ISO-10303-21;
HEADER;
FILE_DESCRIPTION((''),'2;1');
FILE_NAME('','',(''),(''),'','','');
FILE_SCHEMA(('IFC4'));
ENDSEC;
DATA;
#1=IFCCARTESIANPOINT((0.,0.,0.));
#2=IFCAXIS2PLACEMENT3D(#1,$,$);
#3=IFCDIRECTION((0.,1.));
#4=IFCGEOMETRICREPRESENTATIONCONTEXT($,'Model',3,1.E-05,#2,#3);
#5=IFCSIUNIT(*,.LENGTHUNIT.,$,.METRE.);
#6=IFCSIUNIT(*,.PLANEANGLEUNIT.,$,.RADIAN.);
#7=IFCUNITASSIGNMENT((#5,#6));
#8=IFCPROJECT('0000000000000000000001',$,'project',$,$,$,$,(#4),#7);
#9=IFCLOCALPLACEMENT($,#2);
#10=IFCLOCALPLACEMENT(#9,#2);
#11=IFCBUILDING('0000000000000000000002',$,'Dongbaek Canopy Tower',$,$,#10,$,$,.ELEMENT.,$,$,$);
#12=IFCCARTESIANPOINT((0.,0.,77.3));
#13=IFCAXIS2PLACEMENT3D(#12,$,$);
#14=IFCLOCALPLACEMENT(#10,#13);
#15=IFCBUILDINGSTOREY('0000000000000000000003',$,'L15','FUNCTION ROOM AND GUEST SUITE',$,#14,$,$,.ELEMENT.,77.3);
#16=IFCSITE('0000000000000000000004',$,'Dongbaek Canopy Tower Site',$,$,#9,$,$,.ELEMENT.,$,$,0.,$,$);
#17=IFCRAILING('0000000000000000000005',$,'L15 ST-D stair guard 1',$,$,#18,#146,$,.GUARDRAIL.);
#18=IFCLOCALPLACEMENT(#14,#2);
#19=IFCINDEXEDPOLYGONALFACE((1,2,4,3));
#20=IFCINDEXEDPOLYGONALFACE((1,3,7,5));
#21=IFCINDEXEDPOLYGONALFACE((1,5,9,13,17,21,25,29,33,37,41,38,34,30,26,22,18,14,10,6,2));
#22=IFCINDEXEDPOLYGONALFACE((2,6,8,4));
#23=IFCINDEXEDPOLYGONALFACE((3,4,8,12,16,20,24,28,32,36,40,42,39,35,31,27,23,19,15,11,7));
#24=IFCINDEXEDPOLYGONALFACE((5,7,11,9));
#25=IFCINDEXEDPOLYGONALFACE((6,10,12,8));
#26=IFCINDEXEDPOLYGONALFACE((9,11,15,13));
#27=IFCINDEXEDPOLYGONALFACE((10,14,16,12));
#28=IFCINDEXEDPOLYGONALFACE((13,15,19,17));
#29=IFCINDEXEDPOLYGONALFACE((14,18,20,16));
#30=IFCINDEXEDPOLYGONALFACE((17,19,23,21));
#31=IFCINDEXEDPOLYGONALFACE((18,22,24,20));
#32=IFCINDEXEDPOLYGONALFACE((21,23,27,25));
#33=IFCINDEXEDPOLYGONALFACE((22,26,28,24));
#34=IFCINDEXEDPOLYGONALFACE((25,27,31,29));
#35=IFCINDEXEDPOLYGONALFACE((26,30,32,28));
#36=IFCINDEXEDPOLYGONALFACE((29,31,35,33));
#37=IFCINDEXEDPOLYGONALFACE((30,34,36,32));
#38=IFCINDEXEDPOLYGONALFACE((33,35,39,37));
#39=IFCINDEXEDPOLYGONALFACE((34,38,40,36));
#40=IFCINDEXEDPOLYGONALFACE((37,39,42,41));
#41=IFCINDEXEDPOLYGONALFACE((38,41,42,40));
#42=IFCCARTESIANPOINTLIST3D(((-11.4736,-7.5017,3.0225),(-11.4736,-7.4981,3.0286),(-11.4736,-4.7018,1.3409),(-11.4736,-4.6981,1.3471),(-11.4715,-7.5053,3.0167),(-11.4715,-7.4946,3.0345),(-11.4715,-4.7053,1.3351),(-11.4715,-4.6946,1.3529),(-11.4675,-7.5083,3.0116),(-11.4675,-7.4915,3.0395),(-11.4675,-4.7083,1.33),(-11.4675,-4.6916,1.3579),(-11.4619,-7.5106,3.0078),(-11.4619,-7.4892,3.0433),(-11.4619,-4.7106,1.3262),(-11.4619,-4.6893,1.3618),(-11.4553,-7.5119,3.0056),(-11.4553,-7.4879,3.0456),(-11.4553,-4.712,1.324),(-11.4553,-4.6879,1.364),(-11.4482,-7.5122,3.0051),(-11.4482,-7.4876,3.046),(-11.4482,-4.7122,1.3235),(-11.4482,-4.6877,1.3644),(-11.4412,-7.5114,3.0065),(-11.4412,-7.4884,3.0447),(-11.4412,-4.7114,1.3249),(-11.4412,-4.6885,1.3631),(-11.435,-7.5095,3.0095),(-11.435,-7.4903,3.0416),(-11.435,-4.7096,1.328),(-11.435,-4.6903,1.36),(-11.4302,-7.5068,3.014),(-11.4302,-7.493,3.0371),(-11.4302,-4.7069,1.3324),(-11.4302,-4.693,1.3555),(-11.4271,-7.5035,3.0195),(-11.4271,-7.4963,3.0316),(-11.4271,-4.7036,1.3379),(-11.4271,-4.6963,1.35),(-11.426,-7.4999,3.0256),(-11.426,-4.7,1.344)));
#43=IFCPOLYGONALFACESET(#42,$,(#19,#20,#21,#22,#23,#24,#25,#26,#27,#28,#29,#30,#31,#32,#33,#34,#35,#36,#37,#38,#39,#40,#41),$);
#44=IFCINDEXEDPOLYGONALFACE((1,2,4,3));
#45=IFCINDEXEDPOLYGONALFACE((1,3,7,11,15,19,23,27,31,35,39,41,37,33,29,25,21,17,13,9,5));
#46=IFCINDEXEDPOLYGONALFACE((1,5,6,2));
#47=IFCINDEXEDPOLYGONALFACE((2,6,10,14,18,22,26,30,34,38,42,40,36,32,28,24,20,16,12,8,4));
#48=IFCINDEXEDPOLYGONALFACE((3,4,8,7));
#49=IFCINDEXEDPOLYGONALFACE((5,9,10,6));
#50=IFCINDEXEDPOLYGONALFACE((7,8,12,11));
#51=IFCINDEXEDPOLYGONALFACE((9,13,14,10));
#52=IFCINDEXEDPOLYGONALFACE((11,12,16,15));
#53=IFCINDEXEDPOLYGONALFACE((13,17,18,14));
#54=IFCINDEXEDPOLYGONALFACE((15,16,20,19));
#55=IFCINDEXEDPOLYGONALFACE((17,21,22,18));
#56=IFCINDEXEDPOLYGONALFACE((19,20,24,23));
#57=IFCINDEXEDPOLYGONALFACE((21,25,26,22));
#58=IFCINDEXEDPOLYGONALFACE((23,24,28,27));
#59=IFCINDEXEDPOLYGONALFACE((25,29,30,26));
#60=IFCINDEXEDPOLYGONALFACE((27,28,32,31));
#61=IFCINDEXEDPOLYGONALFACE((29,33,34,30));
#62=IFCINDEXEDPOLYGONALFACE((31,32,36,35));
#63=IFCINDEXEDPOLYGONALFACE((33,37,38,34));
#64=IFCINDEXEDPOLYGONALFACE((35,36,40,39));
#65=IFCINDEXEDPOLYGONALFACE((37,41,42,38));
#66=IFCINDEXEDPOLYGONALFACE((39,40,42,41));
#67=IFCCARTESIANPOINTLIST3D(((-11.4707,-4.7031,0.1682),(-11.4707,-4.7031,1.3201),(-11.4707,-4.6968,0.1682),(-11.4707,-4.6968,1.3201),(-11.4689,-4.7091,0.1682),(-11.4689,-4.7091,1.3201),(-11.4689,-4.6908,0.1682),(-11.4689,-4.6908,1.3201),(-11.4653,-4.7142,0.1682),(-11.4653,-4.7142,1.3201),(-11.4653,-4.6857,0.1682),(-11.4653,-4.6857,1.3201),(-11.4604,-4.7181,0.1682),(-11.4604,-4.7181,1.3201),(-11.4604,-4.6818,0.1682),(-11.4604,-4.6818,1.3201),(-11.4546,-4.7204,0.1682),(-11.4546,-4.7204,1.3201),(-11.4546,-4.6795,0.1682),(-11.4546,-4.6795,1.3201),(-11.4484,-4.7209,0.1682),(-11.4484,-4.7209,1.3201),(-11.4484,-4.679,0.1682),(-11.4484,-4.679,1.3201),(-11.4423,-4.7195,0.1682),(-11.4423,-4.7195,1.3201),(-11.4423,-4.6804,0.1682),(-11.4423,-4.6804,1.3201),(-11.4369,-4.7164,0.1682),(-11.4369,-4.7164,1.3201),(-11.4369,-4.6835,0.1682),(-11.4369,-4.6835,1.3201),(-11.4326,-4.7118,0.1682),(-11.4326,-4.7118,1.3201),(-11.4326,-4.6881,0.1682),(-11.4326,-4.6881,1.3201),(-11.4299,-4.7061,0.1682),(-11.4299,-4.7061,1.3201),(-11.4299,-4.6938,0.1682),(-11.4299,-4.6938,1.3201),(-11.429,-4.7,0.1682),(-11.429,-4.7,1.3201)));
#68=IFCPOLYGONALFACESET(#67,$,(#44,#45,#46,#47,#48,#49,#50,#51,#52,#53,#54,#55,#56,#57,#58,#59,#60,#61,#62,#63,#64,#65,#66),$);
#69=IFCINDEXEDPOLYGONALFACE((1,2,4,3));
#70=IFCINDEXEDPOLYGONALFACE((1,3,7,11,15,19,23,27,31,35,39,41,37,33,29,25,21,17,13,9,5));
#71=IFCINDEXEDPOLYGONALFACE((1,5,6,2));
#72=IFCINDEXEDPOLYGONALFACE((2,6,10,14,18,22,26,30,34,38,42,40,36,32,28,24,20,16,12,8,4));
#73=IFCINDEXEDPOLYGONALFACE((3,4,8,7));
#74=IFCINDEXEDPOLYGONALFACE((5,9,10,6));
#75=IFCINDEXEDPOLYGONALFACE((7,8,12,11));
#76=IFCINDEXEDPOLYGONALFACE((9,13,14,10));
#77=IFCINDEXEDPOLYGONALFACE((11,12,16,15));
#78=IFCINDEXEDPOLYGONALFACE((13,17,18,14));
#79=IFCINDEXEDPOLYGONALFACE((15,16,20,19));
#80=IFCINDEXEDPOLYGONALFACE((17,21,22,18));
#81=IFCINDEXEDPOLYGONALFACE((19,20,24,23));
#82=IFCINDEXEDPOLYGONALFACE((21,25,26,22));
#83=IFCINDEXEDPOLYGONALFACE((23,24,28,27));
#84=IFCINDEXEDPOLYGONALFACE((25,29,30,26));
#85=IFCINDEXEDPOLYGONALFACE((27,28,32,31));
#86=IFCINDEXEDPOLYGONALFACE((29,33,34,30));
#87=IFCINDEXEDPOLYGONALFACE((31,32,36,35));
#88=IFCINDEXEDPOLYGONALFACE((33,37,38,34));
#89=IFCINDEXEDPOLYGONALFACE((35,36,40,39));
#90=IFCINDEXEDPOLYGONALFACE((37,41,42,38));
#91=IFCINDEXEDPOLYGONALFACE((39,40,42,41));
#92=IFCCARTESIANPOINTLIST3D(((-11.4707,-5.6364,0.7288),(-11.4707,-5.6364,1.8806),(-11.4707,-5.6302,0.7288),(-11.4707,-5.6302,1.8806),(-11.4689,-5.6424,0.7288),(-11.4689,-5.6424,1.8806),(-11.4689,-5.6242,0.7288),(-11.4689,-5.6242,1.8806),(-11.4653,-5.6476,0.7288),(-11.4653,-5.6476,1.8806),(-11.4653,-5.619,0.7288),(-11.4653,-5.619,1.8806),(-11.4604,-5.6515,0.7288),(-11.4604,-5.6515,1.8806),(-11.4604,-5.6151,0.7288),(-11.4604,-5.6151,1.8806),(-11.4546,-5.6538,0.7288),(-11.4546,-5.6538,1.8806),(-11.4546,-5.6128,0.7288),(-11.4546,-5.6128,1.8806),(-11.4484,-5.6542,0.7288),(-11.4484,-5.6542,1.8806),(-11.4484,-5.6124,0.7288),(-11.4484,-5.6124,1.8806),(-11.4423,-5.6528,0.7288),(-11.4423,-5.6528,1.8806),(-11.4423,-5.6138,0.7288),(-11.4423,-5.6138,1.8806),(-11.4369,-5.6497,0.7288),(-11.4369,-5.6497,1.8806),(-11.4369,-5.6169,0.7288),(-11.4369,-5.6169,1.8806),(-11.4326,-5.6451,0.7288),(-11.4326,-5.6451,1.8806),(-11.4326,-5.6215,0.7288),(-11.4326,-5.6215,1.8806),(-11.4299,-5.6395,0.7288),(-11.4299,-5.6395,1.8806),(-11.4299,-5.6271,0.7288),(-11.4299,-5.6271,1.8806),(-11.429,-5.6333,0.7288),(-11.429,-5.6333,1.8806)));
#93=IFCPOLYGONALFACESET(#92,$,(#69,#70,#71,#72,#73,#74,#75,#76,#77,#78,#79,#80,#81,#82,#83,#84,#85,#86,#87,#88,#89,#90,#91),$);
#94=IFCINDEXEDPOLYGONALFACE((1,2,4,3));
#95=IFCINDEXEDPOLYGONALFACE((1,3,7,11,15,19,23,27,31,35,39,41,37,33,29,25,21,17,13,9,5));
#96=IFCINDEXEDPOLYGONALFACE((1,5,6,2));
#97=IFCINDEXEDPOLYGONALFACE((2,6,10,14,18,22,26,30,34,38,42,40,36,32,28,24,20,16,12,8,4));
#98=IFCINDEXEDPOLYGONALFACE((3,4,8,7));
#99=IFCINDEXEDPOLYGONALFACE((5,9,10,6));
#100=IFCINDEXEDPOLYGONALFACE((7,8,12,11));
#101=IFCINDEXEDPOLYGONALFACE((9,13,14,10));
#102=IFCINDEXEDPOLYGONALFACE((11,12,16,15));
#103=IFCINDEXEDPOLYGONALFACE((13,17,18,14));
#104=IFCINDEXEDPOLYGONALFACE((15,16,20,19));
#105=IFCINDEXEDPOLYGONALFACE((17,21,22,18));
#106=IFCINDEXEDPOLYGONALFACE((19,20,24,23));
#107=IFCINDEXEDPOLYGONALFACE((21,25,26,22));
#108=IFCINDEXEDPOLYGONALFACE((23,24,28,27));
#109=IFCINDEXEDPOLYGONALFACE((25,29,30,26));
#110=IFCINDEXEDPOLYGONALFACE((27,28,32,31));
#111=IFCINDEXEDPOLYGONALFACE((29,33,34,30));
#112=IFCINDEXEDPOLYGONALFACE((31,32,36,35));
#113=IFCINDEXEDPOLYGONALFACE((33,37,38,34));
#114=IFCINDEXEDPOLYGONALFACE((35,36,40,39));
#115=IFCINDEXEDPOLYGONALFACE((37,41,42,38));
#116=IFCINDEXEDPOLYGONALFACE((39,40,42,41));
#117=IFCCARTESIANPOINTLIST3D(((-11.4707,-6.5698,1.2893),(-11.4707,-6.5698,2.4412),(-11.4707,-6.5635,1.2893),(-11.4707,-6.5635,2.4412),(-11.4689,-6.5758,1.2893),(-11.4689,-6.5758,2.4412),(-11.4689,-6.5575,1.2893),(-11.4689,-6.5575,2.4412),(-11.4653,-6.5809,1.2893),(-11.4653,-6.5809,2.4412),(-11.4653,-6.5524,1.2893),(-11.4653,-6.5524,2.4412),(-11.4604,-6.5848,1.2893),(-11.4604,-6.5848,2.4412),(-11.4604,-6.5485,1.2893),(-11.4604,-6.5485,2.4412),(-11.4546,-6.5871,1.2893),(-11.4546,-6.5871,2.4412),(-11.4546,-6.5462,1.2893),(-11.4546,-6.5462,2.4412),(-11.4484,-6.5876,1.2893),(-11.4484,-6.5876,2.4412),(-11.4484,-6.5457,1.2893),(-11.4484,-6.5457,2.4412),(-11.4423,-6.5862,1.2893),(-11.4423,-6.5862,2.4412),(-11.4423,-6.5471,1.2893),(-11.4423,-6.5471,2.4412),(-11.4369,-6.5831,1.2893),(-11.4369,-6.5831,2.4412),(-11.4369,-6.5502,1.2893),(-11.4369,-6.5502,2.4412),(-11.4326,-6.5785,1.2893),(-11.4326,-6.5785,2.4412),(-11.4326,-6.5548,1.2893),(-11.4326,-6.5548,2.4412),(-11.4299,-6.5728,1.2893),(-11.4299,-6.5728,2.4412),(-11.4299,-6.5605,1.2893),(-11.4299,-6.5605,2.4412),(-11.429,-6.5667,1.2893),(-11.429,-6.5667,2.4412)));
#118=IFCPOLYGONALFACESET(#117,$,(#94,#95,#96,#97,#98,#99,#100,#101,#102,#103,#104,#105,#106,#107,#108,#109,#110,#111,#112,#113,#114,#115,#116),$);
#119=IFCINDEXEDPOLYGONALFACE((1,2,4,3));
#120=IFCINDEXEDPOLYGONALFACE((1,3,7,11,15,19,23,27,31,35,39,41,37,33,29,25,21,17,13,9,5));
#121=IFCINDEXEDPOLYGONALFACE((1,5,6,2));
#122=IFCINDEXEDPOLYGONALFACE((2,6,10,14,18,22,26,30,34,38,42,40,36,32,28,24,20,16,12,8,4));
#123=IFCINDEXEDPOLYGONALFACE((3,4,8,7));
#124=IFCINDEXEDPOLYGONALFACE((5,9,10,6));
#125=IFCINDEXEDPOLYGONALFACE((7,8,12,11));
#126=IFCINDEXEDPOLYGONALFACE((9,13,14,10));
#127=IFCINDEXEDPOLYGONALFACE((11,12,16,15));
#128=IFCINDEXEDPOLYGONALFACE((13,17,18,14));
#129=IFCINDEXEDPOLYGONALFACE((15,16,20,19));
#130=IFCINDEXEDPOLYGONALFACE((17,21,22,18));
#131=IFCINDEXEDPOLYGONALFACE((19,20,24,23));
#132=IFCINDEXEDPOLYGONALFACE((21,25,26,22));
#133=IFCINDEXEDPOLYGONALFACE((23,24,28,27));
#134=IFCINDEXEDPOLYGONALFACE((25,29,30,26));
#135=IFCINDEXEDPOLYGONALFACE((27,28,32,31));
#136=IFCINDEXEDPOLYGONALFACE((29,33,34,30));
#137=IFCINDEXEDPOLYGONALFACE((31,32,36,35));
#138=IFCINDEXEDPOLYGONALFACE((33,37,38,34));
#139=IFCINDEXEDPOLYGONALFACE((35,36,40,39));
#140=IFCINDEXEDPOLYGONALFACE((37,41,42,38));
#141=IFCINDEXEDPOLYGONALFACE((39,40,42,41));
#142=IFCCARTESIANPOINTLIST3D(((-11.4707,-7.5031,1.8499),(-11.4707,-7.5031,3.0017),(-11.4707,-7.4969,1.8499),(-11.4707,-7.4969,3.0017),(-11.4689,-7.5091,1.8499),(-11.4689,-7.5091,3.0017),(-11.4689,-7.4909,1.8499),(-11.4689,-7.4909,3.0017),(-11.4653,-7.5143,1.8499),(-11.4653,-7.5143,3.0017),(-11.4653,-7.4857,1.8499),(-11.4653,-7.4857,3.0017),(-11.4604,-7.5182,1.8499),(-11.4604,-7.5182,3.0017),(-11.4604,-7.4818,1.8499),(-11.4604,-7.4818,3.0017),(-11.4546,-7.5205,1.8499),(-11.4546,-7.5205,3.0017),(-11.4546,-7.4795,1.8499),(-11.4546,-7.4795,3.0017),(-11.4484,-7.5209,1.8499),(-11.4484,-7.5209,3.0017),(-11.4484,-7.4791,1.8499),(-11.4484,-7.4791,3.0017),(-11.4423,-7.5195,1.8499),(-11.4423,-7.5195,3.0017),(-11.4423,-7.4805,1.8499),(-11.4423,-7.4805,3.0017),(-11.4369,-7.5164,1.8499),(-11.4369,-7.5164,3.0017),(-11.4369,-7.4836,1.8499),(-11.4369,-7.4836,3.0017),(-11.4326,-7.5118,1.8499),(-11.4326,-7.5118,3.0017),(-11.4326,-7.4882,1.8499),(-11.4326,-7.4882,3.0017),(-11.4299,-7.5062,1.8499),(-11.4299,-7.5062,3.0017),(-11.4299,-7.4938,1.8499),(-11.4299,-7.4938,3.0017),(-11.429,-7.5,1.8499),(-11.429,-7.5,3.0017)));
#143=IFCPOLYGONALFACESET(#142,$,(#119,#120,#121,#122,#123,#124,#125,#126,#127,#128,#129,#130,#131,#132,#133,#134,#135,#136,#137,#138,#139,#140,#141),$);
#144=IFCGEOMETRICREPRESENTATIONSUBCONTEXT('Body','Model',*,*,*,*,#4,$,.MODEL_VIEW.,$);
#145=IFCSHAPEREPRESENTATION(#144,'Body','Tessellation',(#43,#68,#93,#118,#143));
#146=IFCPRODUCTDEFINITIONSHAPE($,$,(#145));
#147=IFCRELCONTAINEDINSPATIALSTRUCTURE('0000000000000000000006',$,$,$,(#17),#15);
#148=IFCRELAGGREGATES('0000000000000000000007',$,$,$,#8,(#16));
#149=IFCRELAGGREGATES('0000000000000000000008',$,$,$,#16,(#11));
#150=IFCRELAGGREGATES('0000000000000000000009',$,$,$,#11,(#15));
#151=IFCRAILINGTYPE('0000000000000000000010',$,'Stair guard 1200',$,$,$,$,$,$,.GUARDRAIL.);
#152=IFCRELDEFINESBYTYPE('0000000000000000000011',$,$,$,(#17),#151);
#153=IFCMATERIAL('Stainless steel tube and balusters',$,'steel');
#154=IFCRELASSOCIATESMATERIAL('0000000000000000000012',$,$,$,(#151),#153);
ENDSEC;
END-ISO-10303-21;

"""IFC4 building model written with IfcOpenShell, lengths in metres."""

from ifc_helpers import new_model, si_unit, direction, frame, origin, origin_2d, place, context, subcontext, project, spatial, circle, extrude, material, type_object, element, save


model = new_model("IFC4")

# Units and contexts
model_context = context("Model", 3, precision=1e-05, world=origin(), true_north=direction((0.0, 1.0)))
body_context = subcontext(model_context, "Body", "Model", "MODEL_VIEW")
ifc_project = project(units=[si_unit("LENGTHUNIT", "METRE"), si_unit("PLANEANGLEUNIT", "RADIAN")], contexts=[model_context])

# Site, building, storey
site_placement = place(None, origin())
site = spatial("IfcSite", under=ifc_project, at=site_placement, Name="Dongbaek Canopy Tower Site", CompositionType="ELEMENT", RefElevation=0.0)
building_placement = place(site_placement, origin())
building = spatial("IfcBuilding", under=site, at=building_placement, Name="Dongbaek Canopy Tower", CompositionType="ELEMENT")
storey_placement = place(building_placement, frame((0.0, 0.0, 77.3)))
storey = spatial("IfcBuildingStorey", under=building, at=storey_placement, Name="L15", Description="FUNCTION ROOM AND GUEST SUITE", CompositionType="ELEMENT", Elevation=77.3)

# Railing
ifc_material_1 = material(Name="Stainless steel tube and balusters", Category="steel")
railing_type_1 = type_object("IfcRailingType", Name="Stair guard 1200", PredefinedType="GUARDRAIL", material=ifc_material_1)
railing_1_placement = place(storey_placement, frame((-11.45, -4.7, 0.1682)))
element("IfcRailing", 1, at=railing_1_placement, inside=storey, type_object=railing_type_1, Name="L15 ST-D stair guard 1", PredefinedType="GUARDRAIL", context=body_context, shape_type="SweptSolid", body=[
    extrude(circle(Radius=0.0239, at=origin_2d()), frame((0.0, 0.0, 1.1758), z_axis=(0.0, -0.857275, 0.514858), x_axis=(1.0, 0.0, 0.0)), (0.0, 0.0, 1.0), 3.2661),
    extrude(circle(Radius=0.021, at=origin_2d()), origin(), (0.0, 0.0, 1.0), 1.1519),
    extrude(circle(Radius=0.021, at=origin_2d()), frame((0.0, -0.9333, 0.5605)), (0.0, 0.0, 1.0), 1.1519),
    extrude(circle(Radius=0.021, at=origin_2d()), frame((0.0, -1.8667, 1.1211)), (0.0, 0.0, 1.0), 1.1519),
    extrude(circle(Radius=0.021, at=origin_2d()), frame((0.0, -2.8, 1.6816)), (0.0, 0.0, 1.0), 1.1519),
])

save(model, "model.ifc")
